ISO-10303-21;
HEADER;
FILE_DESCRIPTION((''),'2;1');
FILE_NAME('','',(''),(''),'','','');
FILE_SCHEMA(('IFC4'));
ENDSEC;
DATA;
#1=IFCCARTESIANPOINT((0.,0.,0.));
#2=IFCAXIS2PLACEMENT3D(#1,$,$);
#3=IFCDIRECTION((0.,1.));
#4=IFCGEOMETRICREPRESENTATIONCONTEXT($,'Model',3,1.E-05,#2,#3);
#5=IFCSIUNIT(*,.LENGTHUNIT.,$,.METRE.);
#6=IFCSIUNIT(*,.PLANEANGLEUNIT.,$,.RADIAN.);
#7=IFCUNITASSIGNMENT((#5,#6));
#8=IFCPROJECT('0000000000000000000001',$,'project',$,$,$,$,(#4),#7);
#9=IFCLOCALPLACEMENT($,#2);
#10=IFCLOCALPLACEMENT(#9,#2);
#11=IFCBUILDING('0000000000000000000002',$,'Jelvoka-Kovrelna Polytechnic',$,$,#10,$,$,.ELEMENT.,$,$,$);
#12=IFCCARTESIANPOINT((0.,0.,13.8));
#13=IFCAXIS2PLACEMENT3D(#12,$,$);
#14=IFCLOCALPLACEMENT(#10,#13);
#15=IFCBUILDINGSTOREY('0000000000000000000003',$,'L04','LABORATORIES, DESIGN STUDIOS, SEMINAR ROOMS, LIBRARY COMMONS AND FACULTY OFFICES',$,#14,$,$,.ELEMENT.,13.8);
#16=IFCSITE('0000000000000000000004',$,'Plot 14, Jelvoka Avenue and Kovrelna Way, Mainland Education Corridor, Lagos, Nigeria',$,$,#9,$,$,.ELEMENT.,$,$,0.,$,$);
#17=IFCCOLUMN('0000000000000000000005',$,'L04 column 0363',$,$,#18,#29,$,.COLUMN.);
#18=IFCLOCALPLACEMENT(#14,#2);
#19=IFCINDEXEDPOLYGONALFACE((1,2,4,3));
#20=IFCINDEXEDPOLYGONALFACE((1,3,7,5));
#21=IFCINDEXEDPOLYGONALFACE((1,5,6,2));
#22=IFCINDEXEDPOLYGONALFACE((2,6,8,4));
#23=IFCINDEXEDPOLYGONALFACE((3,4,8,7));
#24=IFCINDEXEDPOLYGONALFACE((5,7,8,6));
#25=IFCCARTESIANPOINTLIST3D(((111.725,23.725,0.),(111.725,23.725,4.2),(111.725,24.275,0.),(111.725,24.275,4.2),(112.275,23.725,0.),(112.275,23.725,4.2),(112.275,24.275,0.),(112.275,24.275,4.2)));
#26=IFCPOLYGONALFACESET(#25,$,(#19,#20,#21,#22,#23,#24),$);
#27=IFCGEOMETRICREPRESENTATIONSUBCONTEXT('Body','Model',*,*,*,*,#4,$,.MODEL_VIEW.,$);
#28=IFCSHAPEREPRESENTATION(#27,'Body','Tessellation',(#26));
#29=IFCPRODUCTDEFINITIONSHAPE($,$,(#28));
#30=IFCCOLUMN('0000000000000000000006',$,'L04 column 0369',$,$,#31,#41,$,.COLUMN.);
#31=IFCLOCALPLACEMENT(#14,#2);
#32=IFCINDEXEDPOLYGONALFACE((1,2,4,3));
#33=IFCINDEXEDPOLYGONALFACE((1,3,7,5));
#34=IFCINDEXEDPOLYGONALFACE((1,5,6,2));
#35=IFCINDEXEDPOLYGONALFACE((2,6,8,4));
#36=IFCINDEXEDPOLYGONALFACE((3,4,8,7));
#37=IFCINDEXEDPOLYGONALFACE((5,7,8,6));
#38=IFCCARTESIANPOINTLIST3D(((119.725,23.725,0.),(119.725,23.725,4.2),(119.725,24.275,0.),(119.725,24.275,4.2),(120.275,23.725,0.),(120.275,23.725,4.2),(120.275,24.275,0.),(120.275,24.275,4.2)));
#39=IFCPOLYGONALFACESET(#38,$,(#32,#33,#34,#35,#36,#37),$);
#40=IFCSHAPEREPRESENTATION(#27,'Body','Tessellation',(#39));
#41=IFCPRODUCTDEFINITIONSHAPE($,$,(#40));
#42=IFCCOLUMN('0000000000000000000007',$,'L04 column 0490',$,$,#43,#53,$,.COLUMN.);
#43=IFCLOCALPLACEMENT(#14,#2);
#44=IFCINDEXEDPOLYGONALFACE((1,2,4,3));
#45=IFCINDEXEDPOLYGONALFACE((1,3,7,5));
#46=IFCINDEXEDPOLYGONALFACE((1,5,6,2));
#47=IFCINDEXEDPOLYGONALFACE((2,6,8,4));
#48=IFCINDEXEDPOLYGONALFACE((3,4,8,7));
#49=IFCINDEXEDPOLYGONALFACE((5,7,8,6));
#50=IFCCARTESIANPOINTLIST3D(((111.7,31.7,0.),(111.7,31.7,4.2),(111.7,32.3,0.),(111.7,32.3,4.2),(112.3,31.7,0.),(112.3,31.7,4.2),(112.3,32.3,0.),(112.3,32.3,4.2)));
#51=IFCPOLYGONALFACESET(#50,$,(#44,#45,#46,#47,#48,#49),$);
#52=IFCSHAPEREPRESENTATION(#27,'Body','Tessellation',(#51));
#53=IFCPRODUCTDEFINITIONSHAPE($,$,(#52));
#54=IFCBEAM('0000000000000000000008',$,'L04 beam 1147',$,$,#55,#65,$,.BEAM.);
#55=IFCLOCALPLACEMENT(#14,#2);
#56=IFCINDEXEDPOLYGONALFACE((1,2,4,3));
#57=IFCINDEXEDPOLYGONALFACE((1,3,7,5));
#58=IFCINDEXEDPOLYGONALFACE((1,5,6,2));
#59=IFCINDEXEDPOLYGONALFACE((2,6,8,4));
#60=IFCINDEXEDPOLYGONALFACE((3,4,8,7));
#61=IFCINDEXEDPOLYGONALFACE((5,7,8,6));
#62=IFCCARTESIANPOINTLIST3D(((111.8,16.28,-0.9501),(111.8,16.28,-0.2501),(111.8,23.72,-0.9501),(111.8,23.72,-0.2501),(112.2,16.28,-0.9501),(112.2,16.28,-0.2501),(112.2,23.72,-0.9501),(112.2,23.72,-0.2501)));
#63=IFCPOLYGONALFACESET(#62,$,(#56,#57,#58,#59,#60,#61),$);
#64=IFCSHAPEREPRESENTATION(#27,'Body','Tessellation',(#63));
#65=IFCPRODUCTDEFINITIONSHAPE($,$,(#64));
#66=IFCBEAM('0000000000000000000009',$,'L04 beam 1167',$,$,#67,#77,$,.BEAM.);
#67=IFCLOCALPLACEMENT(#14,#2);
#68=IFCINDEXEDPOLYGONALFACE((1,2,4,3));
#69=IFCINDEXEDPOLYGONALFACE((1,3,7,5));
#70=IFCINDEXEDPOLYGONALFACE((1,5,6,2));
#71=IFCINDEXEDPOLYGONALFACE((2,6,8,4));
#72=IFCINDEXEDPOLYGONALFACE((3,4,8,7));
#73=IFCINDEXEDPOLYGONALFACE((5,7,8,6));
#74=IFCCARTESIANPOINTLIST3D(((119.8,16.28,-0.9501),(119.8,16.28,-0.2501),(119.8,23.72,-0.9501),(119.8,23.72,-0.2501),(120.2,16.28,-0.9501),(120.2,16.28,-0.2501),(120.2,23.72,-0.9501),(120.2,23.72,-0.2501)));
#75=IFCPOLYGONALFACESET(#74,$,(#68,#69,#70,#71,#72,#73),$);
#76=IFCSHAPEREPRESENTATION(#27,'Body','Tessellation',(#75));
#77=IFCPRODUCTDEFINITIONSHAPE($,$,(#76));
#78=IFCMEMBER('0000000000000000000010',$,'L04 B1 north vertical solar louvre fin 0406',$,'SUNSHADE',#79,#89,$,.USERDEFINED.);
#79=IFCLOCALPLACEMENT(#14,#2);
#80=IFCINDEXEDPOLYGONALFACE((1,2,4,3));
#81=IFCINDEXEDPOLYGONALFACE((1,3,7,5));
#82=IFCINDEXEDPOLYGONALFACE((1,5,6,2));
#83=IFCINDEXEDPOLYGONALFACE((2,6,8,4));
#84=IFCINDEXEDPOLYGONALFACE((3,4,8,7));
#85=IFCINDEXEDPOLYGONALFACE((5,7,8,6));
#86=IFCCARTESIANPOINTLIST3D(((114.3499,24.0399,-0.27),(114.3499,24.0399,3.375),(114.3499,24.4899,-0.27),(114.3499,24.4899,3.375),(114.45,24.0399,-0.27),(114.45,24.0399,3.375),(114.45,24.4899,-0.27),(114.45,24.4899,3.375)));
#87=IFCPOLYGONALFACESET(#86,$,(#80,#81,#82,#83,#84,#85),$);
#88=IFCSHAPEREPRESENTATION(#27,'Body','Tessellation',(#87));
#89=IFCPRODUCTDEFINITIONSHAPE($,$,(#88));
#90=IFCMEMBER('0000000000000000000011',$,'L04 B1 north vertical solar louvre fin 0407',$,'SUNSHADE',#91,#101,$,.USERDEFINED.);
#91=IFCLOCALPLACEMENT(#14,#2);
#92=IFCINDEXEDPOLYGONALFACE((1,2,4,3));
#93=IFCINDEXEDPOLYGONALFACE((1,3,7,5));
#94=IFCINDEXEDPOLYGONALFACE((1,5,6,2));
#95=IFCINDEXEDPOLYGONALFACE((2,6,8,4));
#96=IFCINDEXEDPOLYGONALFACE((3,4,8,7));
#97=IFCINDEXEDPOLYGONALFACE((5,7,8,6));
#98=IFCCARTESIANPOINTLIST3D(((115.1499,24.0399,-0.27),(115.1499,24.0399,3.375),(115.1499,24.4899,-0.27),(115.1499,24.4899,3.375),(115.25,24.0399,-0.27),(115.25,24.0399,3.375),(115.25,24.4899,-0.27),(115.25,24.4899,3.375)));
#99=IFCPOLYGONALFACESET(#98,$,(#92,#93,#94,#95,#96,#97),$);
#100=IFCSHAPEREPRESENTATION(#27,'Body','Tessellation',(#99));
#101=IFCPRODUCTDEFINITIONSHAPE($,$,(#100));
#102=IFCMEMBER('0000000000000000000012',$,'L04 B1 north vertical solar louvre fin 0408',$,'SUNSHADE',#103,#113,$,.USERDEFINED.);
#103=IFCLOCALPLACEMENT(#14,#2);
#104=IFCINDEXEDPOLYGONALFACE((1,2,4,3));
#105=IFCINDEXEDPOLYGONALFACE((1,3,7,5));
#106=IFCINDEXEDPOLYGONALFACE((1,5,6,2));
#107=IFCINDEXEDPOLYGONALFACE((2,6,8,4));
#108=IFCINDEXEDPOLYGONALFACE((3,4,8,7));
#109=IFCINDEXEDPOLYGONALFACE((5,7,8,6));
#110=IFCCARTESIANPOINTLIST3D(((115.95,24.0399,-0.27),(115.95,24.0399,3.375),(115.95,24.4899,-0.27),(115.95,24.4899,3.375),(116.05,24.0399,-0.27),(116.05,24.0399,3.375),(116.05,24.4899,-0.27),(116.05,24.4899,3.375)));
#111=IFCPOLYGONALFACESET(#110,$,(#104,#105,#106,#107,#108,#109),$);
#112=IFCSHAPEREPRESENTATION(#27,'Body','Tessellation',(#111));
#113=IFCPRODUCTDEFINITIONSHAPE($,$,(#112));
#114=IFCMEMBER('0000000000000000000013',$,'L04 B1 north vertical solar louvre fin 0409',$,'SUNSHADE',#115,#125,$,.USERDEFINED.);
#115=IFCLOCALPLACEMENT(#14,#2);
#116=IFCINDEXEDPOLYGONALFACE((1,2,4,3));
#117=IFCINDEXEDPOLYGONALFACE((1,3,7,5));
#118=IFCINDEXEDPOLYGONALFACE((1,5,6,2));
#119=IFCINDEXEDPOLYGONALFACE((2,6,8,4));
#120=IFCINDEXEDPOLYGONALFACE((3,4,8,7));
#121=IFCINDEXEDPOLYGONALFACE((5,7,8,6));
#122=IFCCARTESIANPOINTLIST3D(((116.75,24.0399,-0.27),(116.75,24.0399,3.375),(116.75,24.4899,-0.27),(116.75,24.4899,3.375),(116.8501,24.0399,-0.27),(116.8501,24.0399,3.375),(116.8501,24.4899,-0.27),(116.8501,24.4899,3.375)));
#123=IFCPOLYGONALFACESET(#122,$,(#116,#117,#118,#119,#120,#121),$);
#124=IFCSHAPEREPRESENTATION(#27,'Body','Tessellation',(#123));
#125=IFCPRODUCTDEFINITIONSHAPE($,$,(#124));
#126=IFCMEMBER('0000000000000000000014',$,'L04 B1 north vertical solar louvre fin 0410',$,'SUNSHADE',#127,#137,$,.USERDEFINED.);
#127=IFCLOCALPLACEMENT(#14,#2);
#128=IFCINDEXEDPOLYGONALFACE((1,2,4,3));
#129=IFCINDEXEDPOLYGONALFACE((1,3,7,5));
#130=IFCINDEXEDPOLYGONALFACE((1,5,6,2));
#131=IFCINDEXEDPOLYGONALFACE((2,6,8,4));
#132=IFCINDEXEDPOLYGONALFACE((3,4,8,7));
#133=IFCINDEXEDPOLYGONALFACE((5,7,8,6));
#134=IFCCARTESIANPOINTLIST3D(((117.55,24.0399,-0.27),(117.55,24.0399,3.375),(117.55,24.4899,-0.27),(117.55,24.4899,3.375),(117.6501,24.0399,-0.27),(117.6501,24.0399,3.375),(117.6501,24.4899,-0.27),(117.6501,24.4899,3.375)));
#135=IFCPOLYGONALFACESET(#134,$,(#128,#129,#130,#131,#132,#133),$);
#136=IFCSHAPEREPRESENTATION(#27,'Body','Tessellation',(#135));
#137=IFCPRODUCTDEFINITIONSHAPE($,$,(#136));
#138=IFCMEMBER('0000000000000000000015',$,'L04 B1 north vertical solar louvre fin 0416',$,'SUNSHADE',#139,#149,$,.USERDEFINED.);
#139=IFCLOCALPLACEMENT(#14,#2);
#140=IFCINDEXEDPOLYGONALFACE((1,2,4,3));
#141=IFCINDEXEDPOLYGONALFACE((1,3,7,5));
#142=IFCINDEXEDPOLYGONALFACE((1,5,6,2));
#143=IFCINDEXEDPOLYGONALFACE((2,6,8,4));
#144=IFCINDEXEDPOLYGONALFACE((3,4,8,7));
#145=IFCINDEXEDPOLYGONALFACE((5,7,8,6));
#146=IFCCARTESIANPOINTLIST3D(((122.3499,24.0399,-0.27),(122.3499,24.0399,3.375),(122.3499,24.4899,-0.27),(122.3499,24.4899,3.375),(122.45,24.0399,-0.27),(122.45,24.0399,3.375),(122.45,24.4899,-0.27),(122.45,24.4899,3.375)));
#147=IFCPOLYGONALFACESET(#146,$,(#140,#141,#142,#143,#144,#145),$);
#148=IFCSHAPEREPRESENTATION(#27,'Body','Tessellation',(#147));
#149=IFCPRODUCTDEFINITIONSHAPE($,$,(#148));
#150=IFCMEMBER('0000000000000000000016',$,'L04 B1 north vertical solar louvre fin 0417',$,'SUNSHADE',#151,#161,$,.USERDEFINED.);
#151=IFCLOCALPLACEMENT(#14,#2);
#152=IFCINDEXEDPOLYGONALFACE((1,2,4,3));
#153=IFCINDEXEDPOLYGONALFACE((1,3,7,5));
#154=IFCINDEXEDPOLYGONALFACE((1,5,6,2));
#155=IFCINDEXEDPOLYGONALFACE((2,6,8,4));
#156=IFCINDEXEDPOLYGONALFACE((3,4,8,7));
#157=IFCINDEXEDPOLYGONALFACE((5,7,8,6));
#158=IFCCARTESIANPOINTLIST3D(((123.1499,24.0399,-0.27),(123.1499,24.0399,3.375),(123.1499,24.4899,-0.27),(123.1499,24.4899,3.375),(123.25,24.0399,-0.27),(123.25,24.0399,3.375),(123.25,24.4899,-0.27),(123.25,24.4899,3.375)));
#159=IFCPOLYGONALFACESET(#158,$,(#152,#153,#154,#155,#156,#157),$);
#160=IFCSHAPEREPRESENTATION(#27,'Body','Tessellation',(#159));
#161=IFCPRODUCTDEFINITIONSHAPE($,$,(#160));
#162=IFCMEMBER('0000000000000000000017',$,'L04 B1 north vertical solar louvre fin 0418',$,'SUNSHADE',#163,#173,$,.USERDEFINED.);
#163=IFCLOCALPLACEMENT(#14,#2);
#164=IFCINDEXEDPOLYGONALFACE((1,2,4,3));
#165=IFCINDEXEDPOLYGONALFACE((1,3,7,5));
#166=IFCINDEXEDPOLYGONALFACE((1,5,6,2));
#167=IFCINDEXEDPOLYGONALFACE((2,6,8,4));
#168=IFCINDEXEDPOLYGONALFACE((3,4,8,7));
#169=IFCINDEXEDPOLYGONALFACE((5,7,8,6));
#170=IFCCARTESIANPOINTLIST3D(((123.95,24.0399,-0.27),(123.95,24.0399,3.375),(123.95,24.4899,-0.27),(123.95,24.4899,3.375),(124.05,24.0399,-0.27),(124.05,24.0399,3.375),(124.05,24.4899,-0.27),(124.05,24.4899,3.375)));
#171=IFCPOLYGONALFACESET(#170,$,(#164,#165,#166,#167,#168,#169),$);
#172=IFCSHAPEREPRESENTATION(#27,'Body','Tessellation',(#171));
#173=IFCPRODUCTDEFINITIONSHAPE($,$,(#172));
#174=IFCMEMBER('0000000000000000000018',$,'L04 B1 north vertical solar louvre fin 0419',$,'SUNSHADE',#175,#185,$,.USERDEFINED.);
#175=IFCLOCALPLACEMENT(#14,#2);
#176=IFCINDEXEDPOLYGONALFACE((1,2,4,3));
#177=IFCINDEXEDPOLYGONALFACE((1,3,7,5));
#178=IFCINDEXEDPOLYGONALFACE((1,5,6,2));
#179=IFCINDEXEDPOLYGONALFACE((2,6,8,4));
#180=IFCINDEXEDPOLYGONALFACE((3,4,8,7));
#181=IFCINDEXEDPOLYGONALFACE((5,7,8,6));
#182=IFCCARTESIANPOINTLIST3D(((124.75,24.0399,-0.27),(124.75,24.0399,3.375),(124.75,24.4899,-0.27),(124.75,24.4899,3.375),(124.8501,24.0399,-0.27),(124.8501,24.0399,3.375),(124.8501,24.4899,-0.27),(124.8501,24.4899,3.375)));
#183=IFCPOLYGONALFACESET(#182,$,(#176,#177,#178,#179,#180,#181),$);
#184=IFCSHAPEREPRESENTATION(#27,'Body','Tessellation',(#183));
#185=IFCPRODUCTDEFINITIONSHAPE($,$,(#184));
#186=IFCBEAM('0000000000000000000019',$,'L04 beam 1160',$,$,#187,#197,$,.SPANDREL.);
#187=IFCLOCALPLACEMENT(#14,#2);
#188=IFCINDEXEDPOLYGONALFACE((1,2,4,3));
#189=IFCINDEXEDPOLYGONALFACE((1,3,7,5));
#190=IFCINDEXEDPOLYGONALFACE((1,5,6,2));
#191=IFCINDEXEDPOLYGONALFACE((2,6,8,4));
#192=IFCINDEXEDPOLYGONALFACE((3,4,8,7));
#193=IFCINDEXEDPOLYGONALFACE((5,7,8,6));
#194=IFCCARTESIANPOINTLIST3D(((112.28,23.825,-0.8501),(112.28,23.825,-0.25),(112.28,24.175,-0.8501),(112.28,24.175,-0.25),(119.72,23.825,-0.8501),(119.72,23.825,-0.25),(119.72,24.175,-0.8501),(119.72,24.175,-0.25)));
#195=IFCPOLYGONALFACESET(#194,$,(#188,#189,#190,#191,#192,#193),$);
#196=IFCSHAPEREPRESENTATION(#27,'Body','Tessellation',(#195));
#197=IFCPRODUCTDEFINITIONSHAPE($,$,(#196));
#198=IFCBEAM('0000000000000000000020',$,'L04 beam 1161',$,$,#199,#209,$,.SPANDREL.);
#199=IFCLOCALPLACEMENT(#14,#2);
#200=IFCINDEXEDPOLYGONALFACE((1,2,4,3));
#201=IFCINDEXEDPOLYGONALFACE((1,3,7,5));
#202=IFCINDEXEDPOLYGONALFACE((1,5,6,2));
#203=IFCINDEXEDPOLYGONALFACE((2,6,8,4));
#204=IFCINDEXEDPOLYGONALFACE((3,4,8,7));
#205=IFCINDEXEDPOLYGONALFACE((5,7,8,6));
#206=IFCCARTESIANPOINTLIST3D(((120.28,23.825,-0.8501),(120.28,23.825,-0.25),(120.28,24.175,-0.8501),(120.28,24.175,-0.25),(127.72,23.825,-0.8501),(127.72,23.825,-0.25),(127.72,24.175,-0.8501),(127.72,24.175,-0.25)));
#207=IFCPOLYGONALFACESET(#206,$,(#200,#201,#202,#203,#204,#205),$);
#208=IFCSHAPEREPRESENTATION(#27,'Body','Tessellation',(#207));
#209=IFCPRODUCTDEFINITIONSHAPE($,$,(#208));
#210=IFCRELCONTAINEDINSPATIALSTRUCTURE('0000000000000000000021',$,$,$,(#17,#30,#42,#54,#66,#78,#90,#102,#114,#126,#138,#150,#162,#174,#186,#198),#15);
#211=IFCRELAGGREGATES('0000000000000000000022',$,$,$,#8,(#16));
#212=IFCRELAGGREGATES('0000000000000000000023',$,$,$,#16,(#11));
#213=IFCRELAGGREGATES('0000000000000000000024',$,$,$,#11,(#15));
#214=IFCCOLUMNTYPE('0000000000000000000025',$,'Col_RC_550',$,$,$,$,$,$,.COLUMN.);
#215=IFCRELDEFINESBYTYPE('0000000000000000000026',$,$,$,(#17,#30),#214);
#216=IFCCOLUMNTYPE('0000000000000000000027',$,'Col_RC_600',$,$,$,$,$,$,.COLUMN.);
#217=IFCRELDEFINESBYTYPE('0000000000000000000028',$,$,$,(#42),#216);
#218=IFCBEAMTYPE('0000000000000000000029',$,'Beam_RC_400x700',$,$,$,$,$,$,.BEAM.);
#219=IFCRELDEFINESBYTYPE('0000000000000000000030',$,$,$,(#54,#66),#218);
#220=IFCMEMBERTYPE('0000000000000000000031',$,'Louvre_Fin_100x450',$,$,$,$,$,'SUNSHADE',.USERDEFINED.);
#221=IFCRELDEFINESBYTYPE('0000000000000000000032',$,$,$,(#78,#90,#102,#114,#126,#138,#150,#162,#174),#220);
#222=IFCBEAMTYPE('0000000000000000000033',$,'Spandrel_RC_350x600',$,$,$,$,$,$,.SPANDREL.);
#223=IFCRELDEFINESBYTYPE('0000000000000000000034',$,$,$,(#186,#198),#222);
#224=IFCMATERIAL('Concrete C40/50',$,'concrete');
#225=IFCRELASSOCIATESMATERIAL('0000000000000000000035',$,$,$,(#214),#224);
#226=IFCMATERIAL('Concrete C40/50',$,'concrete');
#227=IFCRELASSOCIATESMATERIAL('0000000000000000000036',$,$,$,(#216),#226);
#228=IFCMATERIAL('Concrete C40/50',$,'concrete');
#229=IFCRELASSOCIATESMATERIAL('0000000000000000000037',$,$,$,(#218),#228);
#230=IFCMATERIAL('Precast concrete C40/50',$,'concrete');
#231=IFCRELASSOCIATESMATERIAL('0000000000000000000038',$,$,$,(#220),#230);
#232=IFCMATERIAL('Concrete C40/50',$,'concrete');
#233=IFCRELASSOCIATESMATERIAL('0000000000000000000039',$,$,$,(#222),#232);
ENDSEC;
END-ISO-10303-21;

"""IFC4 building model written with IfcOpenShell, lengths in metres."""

from ifc_helpers import new_model, si_unit, direction, frame, origin, origin_2d, place, context, subcontext, project, spatial, rectangle, extrude, material, material_profile, profile_set, type_object, element, save


model = new_model("IFC4")

# Units and contexts
model_context = context("Model", 3, precision=1e-05, world=origin(), true_north=direction((0.0, 1.0)))
body_context = subcontext(model_context, "Body", "Model", "MODEL_VIEW")
ifc_project = project(units=[si_unit("LENGTHUNIT", "METRE"), si_unit("PLANEANGLEUNIT", "RADIAN")], contexts=[model_context])

# Site, building, storey
site_placement = place(None, origin())
site = spatial("IfcSite", under=ifc_project, at=site_placement, Name="Plot 14, Jelvoka Avenue and Kovrelna Way, Mainland Education Corridor, Lagos, Nigeria", CompositionType="ELEMENT", RefElevation=0.0)
building_placement = place(site_placement, origin())
building = spatial("IfcBuilding", under=site, at=building_placement, Name="Jelvoka-Kovrelna Polytechnic", CompositionType="ELEMENT")
storey_placement = place(building_placement, frame((0.0, 0.0, 13.8)))
storey = spatial("IfcBuildingStorey", under=building, at=storey_placement, Name="L04", Description="LABORATORIES, DESIGN STUDIOS, SEMINAR ROOMS, LIBRARY COMMONS AND FACULTY OFFICES", CompositionType="ELEMENT", Elevation=13.8)

# Columns
ifc_material_1 = material(Name="Concrete C40/50", Category="concrete")
ifc_material_profile_1 = material_profile(ifc_material_1, rectangle(XDim=0.55, YDim=0.55, at=origin_2d()), Name="RC 550x550")
ifc_profile_set_1 = profile_set([ifc_material_profile_1], Name="Concrete C40/50")
column_type_1 = type_object("IfcColumnType", Name="Col_RC_550", PredefinedType="COLUMN", material=ifc_profile_set_1)
for number, where, z_axis, x_axis, name in (
    (1, (112.0, 24.0, 0.0), (0.0, 0.0, 1.0), (1.0, 0.0, 0.0), "L04 column 0363"),
    (2, (120.0, 24.0, 0.0), (0.0, 0.0, 1.0), (1.0, 0.0, 0.0), "L04 column 0369"),
):
    element("IfcColumn", number, at=place(storey_placement, frame(where, z_axis=z_axis, x_axis=x_axis)), inside=storey, type_object=column_type_1, Name=name, PredefinedType="COLUMN", context=body_context, shape_type="SweptSolid", body=[
        extrude(rectangle(XDim=0.55, YDim=0.55, at=origin_2d()), origin(), (0.0, 0.0, 1.0), 4.2),
    ])
ifc_material_2 = material(Name="Concrete C40/50", Category="concrete")
ifc_material_profile_2 = material_profile(ifc_material_2, rectangle(XDim=0.6001, YDim=0.6001, at=origin_2d()), Name="RC 600x600")
ifc_profile_set_2 = profile_set([ifc_material_profile_2], Name="Concrete C40/50")
column_type_2 = type_object("IfcColumnType", Name="Col_RC_600", PredefinedType="COLUMN", material=ifc_profile_set_2)
column_placement = place(storey_placement, frame((112.0, 32.0, 0.0), z_axis=(0.0, 0.0, 1.0), x_axis=(1.0, 0.0, 0.0)))
element("IfcColumn", 3, at=column_placement, inside=storey, type_object=column_type_2, Name="L04 column 0490", PredefinedType="COLUMN", context=body_context, shape_type="SweptSolid", body=[
    extrude(rectangle(XDim=0.6001, YDim=0.6001, at=origin_2d()), origin(), (0.0, 0.0, 1.0), 4.2),
])

# Beams
ifc_material_3 = material(Name="Concrete C40/50", Category="concrete")
ifc_material_profile_3 = material_profile(ifc_material_3, rectangle(XDim=0.3999, YDim=0.7, at=origin_2d()), Name="RC 400x700")
ifc_profile_set_3 = profile_set([ifc_material_profile_3], Name="Concrete C40/50")
beam_type_1 = type_object("IfcBeamType", Name="Beam_RC_400x700", PredefinedType="BEAM", material=ifc_profile_set_3)
for number, where, z_axis, x_axis, name in (
    (4, (112.0, 16.28, -0.6001), (0.0, 1.0, 0.0), (-1.0, 0.0, 0.0), "L04 beam 1147"),
    (5, (120.0, 16.28, -0.6001), (0.0, 1.0, 0.0), (-1.0, 0.0, 0.0), "L04 beam 1167"),
):
    element("IfcBeam", number, at=place(storey_placement, frame(where, z_axis=z_axis, x_axis=x_axis)), inside=storey, type_object=beam_type_1, Name=name, PredefinedType="BEAM", context=body_context, shape_type="SweptSolid", body=[
        extrude(rectangle(XDim=0.3999, YDim=0.7, at=origin_2d()), origin(), (0.0, 0.0, 1.0), 7.4399),
    ])

# Members
ifc_material_4 = material(Name="Precast concrete C40/50", Category="concrete")
ifc_material_profile_4 = material_profile(ifc_material_4, rectangle(XDim=0.1001, YDim=0.45, at=origin_2d()), Name="PC 100x450")
ifc_profile_set_4 = profile_set([ifc_material_profile_4], Name="Precast concrete C40/50")
member_type = type_object("IfcMemberType", Name="Louvre_Fin_100x450", ElementType="SUNSHADE", PredefinedType="USERDEFINED", material=ifc_profile_set_4)
for number, where, z_axis, x_axis, name in (
    (6, (114.3999, 24.2649, -0.27), (0.0, 0.0, 1.0), (1.0, 0.0, 0.0), "L04 B1 north vertical solar louvre fin 0406"),
    (7, (115.2, 24.2649, -0.27), (0.0, 0.0, 1.0), (1.0, 0.0, 0.0), "L04 B1 north vertical solar louvre fin 0407"),
    (8, (116.0, 24.2649, -0.27), (0.0, 0.0, 1.0), (1.0, 0.0, 0.0), "L04 B1 north vertical solar louvre fin 0408"),
    (9, (116.8, 24.2649, -0.27), (0.0, 0.0, 1.0), (1.0, 0.0, 0.0), "L04 B1 north vertical solar louvre fin 0409"),
    (10, (117.6001, 24.2649, -0.27), (0.0, 0.0, 1.0), (1.0, 0.0, 0.0), "L04 B1 north vertical solar louvre fin 0410"),
    (11, (122.3999, 24.2649, -0.27), (0.0, 0.0, 1.0), (1.0, 0.0, 0.0), "L04 B1 north vertical solar louvre fin 0416"),
    (12, (123.2, 24.2649, -0.27), (0.0, 0.0, 1.0), (1.0, 0.0, 0.0), "L04 B1 north vertical solar louvre fin 0417"),
    (13, (124.0, 24.2649, -0.27), (0.0, 0.0, 1.0), (1.0, 0.0, 0.0), "L04 B1 north vertical solar louvre fin 0418"),
    (14, (124.8, 24.2649, -0.27), (0.0, 0.0, 1.0), (1.0, 0.0, 0.0), "L04 B1 north vertical solar louvre fin 0419"),
):
    element("IfcMember", number, at=place(storey_placement, frame(where, z_axis=z_axis, x_axis=x_axis)), inside=storey, type_object=member_type, Name=name, ObjectType="SUNSHADE", PredefinedType="USERDEFINED", context=body_context, shape_type="SweptSolid", body=[
        extrude(rectangle(XDim=0.1001, YDim=0.45, at=origin_2d()), origin(), (0.0, 0.0, 1.0), 3.645),
    ])

# Beams
ifc_material_5 = material(Name="Concrete C40/50", Category="concrete")
ifc_material_profile_5 = material_profile(ifc_material_5, rectangle(XDim=0.3501, YDim=0.6001, at=origin_2d()), Name="RC 350x600")
ifc_profile_set_5 = profile_set([ifc_material_profile_5], Name="Concrete C40/50")
beam_type_2 = type_object("IfcBeamType", Name="Spandrel_RC_350x600", PredefinedType="SPANDREL", material=ifc_profile_set_5)
for number, where, z_axis, x_axis, name in (
    (15, (112.28, 24.0, -0.55), (1.0, 0.0, 0.0), (0.0, 1.0, 0.0), "L04 beam 1160"),
    (16, (120.28, 24.0, -0.55), (1.0, 0.0, 0.0), (0.0, 1.0, 0.0), "L04 beam 1161"),
):
    element("IfcBeam", number, at=place(storey_placement, frame(where, z_axis=z_axis, x_axis=x_axis)), inside=storey, type_object=beam_type_2, Name=name, PredefinedType="SPANDREL", context=body_context, shape_type="SweptSolid", body=[
        extrude(rectangle(XDim=0.3501, YDim=0.6001, at=origin_2d()), origin(), (0.0, 0.0, 1.0), 7.4399),
    ])

save(model, "model.ifc")
